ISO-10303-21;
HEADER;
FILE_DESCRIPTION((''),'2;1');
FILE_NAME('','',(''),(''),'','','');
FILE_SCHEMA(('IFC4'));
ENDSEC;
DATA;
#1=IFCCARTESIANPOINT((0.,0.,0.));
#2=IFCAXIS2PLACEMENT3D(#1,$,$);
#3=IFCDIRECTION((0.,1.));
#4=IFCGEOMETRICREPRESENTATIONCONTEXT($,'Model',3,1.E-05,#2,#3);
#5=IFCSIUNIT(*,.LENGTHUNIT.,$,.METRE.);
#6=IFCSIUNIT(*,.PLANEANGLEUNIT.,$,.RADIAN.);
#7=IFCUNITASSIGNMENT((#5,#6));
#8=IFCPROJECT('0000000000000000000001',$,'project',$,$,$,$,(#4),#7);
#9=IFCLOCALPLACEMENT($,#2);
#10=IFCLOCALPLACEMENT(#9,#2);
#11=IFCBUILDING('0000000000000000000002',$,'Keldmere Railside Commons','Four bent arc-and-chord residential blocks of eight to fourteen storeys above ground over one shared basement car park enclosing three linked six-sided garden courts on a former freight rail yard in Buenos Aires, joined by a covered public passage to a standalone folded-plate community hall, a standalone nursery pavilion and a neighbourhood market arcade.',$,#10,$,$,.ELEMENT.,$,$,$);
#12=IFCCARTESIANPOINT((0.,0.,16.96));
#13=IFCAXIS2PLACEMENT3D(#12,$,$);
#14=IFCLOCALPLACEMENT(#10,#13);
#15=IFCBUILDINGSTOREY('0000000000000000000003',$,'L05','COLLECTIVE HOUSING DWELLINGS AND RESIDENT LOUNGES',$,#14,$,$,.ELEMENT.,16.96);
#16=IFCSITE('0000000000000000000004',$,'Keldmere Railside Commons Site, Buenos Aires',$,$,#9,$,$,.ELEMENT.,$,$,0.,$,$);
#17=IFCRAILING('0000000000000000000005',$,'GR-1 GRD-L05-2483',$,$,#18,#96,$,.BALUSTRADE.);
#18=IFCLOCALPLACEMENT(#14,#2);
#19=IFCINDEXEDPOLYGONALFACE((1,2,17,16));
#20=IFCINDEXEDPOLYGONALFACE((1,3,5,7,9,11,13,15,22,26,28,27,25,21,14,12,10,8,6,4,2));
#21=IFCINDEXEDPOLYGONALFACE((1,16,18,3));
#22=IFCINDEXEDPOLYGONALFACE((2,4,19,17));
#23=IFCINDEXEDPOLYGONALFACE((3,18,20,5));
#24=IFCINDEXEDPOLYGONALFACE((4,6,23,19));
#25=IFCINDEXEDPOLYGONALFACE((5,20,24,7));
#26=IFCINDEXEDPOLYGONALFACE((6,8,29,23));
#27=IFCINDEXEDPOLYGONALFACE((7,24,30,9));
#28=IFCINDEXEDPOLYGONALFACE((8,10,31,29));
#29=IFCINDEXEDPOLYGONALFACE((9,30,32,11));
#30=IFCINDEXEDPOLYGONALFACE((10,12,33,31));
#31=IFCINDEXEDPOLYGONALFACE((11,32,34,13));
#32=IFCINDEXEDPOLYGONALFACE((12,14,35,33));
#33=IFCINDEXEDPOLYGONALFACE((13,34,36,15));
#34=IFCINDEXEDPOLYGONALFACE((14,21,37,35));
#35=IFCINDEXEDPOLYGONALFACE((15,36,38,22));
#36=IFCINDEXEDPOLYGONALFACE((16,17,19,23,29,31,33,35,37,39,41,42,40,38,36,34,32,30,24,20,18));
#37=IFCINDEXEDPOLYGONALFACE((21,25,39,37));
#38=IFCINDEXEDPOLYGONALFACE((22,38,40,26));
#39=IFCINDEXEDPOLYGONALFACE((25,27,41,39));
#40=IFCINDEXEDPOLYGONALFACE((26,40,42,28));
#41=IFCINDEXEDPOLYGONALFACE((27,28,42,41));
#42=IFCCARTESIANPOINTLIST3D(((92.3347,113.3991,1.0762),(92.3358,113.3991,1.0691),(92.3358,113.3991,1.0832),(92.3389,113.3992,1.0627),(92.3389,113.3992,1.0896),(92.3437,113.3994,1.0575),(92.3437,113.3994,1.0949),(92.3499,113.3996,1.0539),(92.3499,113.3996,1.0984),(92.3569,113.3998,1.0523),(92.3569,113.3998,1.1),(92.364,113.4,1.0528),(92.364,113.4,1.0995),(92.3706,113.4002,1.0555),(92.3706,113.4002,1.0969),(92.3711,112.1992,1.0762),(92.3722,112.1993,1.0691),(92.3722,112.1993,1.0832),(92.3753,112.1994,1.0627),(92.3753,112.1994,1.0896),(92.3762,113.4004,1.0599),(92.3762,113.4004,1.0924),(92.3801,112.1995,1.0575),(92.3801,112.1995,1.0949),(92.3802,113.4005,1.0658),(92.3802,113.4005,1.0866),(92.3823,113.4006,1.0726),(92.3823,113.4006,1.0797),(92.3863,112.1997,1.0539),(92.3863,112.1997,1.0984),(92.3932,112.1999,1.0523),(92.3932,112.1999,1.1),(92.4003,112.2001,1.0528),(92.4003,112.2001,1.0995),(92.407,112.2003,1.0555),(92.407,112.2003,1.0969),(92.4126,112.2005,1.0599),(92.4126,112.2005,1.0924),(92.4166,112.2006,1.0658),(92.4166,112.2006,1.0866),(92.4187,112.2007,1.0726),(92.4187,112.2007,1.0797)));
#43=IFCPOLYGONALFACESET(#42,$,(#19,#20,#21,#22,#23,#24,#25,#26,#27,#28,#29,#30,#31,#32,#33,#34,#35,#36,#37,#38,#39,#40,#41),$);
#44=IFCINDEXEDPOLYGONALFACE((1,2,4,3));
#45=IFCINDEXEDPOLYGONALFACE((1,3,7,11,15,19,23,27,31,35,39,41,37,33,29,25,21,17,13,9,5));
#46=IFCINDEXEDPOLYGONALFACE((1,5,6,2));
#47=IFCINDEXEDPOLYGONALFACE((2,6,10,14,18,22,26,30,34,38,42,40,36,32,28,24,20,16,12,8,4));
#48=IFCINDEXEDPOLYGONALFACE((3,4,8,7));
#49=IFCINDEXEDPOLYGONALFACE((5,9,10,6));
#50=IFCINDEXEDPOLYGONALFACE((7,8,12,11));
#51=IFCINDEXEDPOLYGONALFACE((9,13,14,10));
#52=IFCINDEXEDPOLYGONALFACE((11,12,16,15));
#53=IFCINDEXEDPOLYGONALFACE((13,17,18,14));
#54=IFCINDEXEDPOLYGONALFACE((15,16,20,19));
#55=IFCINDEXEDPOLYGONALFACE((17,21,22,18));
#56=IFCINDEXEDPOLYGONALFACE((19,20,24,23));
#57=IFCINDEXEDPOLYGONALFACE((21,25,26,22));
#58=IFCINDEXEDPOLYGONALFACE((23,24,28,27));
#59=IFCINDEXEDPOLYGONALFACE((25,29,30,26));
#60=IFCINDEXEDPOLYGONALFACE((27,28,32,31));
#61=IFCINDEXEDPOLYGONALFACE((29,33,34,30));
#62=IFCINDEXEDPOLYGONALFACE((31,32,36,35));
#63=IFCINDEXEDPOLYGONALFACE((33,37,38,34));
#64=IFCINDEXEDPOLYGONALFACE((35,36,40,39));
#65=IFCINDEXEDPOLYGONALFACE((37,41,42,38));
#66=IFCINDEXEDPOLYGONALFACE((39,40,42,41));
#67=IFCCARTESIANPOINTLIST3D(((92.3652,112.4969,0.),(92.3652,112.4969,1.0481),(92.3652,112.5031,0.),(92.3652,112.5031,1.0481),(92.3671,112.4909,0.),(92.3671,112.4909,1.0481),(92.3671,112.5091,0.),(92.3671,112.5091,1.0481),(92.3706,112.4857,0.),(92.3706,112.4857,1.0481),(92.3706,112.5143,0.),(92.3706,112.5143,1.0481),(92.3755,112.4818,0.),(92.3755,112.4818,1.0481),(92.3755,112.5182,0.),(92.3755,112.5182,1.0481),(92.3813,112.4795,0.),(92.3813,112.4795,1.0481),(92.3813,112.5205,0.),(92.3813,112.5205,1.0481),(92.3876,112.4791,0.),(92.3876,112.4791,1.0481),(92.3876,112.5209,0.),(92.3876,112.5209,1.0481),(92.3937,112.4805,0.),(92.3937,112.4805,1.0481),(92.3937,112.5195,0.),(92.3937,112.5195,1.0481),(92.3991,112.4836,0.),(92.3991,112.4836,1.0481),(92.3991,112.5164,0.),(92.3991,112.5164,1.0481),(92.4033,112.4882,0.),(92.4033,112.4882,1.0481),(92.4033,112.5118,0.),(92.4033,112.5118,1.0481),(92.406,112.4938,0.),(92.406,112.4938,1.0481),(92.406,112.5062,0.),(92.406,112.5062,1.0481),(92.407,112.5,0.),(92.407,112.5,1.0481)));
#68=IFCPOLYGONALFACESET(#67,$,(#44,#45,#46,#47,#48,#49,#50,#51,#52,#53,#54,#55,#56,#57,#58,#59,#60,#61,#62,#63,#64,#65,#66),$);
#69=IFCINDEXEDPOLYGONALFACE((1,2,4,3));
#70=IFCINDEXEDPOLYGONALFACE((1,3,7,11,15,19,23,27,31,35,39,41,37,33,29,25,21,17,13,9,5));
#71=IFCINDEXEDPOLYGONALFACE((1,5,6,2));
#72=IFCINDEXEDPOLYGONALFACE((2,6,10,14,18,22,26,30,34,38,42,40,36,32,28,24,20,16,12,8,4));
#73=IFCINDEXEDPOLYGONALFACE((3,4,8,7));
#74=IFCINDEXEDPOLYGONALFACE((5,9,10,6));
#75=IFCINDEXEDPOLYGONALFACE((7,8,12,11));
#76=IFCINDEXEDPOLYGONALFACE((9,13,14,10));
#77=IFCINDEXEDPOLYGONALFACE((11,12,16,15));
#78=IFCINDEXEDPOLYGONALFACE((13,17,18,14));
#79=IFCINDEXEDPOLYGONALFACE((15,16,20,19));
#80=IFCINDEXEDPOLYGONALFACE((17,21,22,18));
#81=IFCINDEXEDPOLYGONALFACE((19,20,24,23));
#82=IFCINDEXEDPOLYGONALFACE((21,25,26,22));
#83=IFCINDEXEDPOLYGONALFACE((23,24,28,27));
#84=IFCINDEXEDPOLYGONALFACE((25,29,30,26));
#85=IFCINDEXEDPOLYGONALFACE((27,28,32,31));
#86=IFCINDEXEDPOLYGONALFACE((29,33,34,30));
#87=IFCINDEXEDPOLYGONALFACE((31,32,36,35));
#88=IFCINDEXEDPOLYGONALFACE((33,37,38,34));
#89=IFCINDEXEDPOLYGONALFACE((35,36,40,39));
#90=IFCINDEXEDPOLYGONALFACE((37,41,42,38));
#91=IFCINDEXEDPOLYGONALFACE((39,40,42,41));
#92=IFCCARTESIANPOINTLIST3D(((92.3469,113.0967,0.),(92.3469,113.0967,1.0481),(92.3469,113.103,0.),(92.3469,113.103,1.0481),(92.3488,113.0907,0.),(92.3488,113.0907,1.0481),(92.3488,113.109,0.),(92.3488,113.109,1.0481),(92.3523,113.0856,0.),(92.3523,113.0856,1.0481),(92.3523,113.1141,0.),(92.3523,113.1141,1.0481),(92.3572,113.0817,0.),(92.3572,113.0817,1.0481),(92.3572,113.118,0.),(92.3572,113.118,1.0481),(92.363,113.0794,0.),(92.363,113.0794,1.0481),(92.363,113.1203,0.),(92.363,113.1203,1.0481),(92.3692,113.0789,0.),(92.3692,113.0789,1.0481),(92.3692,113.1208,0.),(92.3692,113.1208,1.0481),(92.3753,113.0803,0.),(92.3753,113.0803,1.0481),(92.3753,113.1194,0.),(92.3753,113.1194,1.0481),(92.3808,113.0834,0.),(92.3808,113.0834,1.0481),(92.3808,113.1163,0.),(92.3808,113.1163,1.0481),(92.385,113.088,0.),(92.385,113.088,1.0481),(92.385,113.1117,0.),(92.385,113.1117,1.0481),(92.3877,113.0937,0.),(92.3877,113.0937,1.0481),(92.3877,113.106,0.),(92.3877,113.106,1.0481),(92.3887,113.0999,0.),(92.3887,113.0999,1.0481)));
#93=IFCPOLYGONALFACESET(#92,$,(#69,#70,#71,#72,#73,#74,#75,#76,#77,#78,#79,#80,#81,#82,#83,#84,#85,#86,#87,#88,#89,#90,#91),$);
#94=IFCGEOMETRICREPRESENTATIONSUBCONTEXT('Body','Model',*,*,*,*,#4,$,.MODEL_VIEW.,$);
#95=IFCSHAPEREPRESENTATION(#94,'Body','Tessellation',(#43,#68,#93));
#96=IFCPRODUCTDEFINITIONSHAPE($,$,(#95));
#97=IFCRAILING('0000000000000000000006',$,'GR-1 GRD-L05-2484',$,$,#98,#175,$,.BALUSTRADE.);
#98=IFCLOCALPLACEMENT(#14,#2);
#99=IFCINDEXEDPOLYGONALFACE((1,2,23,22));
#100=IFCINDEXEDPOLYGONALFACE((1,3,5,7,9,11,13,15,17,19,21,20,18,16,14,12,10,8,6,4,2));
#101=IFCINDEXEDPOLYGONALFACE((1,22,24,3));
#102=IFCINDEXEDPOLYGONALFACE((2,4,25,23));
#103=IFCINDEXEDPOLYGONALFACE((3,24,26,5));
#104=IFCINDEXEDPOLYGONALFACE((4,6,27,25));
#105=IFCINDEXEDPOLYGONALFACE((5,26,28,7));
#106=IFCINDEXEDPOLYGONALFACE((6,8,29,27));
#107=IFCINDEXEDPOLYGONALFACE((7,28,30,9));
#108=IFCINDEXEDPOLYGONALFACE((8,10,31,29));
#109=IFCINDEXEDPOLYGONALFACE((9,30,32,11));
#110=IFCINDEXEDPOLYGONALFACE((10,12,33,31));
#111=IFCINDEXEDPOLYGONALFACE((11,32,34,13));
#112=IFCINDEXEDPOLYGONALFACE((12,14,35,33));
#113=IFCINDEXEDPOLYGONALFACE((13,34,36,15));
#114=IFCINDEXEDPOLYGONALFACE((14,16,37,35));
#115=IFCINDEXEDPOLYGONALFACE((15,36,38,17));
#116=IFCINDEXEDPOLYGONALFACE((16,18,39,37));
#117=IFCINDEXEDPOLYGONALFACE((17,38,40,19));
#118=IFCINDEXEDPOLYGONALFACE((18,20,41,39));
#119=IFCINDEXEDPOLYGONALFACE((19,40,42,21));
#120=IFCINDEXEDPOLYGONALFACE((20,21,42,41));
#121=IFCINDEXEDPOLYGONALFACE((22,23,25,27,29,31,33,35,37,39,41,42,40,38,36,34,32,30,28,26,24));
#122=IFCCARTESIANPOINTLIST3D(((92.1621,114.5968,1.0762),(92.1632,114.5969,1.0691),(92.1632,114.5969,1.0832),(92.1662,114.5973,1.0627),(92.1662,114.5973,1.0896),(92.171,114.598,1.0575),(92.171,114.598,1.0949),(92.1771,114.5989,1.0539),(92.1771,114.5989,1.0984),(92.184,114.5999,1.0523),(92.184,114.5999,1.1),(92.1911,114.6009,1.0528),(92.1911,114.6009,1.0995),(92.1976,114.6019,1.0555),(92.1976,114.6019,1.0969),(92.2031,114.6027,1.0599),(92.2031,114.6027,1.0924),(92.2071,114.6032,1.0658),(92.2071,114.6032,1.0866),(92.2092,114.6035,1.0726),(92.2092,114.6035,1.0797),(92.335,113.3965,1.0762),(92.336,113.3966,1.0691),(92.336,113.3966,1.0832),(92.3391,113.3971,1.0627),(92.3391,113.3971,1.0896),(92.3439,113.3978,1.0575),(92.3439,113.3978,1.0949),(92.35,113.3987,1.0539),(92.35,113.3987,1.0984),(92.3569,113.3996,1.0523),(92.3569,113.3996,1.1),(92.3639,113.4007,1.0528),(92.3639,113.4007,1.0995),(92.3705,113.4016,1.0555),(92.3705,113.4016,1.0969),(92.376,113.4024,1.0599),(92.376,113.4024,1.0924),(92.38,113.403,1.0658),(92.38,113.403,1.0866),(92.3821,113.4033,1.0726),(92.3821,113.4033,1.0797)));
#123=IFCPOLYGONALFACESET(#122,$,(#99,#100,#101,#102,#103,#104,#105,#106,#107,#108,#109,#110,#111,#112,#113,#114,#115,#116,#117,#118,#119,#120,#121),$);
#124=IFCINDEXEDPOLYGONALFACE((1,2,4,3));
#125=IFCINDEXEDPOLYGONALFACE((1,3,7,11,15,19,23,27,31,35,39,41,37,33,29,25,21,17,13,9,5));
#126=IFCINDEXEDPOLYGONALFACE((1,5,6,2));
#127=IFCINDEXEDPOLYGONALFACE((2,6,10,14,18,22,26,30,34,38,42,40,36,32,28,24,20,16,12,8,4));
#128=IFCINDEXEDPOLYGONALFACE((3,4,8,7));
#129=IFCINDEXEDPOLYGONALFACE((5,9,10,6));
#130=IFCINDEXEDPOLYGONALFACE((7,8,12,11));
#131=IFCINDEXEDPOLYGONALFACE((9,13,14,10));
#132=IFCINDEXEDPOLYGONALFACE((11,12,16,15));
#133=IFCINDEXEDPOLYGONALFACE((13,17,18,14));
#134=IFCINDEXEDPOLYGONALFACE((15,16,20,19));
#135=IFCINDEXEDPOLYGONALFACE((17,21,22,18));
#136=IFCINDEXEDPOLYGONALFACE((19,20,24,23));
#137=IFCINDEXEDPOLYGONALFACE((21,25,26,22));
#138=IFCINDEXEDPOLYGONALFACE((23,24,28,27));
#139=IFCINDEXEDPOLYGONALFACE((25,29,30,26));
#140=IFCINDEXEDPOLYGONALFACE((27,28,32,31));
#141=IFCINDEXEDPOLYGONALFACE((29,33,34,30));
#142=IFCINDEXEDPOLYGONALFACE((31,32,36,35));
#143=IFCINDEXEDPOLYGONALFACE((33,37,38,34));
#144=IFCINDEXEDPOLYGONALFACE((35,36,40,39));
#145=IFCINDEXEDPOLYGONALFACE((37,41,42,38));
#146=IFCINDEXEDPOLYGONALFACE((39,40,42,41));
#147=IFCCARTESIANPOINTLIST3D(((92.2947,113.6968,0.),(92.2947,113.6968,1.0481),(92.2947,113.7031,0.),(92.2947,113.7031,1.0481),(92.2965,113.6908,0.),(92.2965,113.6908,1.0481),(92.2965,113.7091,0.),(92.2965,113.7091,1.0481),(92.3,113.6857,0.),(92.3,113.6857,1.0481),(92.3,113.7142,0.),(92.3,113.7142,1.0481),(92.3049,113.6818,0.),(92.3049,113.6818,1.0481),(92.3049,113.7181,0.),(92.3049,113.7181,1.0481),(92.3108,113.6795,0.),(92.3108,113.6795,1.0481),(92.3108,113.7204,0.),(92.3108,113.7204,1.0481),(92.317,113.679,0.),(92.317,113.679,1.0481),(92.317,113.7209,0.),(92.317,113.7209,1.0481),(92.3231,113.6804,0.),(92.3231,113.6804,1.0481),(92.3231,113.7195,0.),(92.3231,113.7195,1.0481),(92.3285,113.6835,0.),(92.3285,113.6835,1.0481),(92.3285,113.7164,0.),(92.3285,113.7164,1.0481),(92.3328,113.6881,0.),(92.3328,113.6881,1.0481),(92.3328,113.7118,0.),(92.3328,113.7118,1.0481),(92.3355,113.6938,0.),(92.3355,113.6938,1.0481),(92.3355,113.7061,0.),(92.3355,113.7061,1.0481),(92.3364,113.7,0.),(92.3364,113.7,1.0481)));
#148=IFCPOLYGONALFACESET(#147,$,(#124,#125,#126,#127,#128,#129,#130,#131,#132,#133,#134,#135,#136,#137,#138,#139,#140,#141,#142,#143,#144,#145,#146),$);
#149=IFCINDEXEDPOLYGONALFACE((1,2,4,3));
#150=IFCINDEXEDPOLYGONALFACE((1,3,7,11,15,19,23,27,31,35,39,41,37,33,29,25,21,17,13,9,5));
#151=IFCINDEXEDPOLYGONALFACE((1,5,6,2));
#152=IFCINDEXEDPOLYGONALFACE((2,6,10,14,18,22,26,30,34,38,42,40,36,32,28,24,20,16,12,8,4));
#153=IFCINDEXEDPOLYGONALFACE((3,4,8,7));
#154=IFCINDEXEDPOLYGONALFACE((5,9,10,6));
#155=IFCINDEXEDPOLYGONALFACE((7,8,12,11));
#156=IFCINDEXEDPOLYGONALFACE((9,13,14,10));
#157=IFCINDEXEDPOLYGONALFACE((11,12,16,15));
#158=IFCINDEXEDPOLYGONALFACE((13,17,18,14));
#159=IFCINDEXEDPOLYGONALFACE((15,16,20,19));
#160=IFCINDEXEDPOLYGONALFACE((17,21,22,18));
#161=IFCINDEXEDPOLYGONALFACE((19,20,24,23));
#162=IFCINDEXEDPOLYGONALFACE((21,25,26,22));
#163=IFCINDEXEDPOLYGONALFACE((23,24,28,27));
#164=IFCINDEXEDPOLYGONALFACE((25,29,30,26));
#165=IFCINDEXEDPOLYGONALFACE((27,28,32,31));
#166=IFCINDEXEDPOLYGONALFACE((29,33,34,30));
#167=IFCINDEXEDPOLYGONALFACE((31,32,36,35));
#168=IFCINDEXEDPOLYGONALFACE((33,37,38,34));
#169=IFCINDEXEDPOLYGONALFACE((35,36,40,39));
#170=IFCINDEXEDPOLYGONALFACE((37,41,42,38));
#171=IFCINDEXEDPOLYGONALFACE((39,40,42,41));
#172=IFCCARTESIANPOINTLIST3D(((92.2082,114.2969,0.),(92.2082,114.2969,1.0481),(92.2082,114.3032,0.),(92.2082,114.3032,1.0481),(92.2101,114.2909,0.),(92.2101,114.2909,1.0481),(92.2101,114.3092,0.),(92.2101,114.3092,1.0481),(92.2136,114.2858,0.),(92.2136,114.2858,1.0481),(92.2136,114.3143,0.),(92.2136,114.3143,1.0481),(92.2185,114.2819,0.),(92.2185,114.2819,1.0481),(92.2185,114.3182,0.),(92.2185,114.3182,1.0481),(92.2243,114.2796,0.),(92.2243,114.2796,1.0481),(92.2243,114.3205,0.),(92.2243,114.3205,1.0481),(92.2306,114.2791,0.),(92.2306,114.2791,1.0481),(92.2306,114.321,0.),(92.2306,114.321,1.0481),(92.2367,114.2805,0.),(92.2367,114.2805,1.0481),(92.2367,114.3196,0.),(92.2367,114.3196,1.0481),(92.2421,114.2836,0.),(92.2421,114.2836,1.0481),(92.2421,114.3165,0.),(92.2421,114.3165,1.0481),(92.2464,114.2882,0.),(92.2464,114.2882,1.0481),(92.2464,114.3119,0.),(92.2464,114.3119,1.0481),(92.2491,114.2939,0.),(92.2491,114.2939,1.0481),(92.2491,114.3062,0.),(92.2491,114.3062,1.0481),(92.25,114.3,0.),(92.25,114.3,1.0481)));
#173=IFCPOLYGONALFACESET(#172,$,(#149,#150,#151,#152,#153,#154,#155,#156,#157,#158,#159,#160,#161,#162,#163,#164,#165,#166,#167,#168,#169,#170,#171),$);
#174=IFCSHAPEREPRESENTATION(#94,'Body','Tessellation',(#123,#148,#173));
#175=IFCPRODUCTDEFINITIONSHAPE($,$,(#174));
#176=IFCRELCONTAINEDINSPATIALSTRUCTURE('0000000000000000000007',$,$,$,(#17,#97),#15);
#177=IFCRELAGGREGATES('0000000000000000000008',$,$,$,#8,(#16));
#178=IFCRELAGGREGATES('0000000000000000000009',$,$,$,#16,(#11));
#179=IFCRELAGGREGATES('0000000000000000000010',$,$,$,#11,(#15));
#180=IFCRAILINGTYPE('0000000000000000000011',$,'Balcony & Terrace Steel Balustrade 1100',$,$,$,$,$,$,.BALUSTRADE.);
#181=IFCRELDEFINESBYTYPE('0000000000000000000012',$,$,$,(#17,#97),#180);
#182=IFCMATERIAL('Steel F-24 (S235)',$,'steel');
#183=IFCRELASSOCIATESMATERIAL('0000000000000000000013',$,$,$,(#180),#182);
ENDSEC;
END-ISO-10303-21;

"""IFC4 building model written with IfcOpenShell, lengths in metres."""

from ifc_helpers import new_model, si_unit, direction, frame, origin, origin_2d, place, context, subcontext, project, spatial, circle, extrude, material, type_object, element, save


model = new_model("IFC4")

# Units and contexts
model_context = context("Model", 3, precision=1e-05, world=origin(), true_north=direction((0.0, 1.0)))
body_context = subcontext(model_context, "Body", "Model", "MODEL_VIEW")
ifc_project = project(units=[si_unit("LENGTHUNIT", "METRE"), si_unit("PLANEANGLEUNIT", "RADIAN")], contexts=[model_context])

# Site, building, storey
site_placement = place(None, origin())
site = spatial("IfcSite", under=ifc_project, at=site_placement, Name="Keldmere Railside Commons Site, Buenos Aires", CompositionType="ELEMENT", RefElevation=0.0)
building_placement = place(site_placement, origin())
building = spatial("IfcBuilding", under=site, at=building_placement, Name="Keldmere Railside Commons", Description="Four bent arc-and-chord residential blocks of eight to fourteen storeys above ground over one shared basement car park enclosing three linked six-sided garden courts on a former freight rail yard in Buenos Aires, joined by a covered public passage to a standalone folded-plate community hall, a standalone nursery pavilion and a neighbourhood market arcade.", CompositionType="ELEMENT")
storey_placement = place(building_placement, frame((0.0, 0.0, 16.96)))
storey = spatial("IfcBuildingStorey", under=building, at=storey_placement, Name="L05", Description="COLLECTIVE HOUSING DWELLINGS AND RESIDENT LOUNGES", CompositionType="ELEMENT", Elevation=16.96)

# Railings
ifc_material_1 = material(Name="Steel F-24 (S235)", Category="steel")
railing_type = type_object("IfcRailingType", Name="Balcony & Terrace Steel Balustrade 1100", PredefinedType="BALUSTRADE", material=ifc_material_1)
railing_1_placement = place(storey_placement, frame((92.395, 112.2, 0.0)))
element("IfcRailing", 1, at=railing_1_placement, inside=storey, type_object=railing_type, Name="GR-1 GRD-L05-2483", PredefinedType="BALUSTRADE", context=body_context, shape_type="SweptSolid", body=[
    extrude(circle(Radius=0.0239, at=origin_2d()), frame((0.0, 0.0, 1.0762), z_axis=(-0.030301, 0.999541, 0.0), x_axis=(-0.999541, -0.030301, 0.0)), (0.0, 0.0, 1.0), 1.2004),
    extrude(circle(Radius=0.021, at=origin_2d()), frame((-0.009, 0.3, 0.0)), (0.0, 0.0, 1.0), 1.0481),
    extrude(circle(Radius=0.021, at=origin_2d()), frame((-0.0273, 0.8999, 0.0)), (0.0, 0.0, 1.0), 1.0481),
])
railing_2_placement = place(storey_placement, frame((92.3586, 113.3999, 0.0)))
element("IfcRailing", 2, at=railing_2_placement, inside=storey, type_object=railing_type, Name="GR-1 GRD-L05-2484", PredefinedType="BALUSTRADE", context=body_context, shape_type="SweptSolid", body=[
    extrude(circle(Radius=0.0239, at=origin_2d()), frame((0.0, 0.0, 1.0762), z_axis=(-0.142549, 0.989788, 0.0), x_axis=(-0.989788, -0.142549, 0.0)), (0.0, 0.0, 1.0), 1.2126),
    extrude(circle(Radius=0.021, at=origin_2d()), frame((-0.0432, 0.3, 0.0)), (0.0, 0.0, 1.0), 1.0481),
    extrude(circle(Radius=0.021, at=origin_2d()), frame((-0.1296, 0.9001, 0.0)), (0.0, 0.0, 1.0), 1.0481),
])

save(model, "model.ifc")
